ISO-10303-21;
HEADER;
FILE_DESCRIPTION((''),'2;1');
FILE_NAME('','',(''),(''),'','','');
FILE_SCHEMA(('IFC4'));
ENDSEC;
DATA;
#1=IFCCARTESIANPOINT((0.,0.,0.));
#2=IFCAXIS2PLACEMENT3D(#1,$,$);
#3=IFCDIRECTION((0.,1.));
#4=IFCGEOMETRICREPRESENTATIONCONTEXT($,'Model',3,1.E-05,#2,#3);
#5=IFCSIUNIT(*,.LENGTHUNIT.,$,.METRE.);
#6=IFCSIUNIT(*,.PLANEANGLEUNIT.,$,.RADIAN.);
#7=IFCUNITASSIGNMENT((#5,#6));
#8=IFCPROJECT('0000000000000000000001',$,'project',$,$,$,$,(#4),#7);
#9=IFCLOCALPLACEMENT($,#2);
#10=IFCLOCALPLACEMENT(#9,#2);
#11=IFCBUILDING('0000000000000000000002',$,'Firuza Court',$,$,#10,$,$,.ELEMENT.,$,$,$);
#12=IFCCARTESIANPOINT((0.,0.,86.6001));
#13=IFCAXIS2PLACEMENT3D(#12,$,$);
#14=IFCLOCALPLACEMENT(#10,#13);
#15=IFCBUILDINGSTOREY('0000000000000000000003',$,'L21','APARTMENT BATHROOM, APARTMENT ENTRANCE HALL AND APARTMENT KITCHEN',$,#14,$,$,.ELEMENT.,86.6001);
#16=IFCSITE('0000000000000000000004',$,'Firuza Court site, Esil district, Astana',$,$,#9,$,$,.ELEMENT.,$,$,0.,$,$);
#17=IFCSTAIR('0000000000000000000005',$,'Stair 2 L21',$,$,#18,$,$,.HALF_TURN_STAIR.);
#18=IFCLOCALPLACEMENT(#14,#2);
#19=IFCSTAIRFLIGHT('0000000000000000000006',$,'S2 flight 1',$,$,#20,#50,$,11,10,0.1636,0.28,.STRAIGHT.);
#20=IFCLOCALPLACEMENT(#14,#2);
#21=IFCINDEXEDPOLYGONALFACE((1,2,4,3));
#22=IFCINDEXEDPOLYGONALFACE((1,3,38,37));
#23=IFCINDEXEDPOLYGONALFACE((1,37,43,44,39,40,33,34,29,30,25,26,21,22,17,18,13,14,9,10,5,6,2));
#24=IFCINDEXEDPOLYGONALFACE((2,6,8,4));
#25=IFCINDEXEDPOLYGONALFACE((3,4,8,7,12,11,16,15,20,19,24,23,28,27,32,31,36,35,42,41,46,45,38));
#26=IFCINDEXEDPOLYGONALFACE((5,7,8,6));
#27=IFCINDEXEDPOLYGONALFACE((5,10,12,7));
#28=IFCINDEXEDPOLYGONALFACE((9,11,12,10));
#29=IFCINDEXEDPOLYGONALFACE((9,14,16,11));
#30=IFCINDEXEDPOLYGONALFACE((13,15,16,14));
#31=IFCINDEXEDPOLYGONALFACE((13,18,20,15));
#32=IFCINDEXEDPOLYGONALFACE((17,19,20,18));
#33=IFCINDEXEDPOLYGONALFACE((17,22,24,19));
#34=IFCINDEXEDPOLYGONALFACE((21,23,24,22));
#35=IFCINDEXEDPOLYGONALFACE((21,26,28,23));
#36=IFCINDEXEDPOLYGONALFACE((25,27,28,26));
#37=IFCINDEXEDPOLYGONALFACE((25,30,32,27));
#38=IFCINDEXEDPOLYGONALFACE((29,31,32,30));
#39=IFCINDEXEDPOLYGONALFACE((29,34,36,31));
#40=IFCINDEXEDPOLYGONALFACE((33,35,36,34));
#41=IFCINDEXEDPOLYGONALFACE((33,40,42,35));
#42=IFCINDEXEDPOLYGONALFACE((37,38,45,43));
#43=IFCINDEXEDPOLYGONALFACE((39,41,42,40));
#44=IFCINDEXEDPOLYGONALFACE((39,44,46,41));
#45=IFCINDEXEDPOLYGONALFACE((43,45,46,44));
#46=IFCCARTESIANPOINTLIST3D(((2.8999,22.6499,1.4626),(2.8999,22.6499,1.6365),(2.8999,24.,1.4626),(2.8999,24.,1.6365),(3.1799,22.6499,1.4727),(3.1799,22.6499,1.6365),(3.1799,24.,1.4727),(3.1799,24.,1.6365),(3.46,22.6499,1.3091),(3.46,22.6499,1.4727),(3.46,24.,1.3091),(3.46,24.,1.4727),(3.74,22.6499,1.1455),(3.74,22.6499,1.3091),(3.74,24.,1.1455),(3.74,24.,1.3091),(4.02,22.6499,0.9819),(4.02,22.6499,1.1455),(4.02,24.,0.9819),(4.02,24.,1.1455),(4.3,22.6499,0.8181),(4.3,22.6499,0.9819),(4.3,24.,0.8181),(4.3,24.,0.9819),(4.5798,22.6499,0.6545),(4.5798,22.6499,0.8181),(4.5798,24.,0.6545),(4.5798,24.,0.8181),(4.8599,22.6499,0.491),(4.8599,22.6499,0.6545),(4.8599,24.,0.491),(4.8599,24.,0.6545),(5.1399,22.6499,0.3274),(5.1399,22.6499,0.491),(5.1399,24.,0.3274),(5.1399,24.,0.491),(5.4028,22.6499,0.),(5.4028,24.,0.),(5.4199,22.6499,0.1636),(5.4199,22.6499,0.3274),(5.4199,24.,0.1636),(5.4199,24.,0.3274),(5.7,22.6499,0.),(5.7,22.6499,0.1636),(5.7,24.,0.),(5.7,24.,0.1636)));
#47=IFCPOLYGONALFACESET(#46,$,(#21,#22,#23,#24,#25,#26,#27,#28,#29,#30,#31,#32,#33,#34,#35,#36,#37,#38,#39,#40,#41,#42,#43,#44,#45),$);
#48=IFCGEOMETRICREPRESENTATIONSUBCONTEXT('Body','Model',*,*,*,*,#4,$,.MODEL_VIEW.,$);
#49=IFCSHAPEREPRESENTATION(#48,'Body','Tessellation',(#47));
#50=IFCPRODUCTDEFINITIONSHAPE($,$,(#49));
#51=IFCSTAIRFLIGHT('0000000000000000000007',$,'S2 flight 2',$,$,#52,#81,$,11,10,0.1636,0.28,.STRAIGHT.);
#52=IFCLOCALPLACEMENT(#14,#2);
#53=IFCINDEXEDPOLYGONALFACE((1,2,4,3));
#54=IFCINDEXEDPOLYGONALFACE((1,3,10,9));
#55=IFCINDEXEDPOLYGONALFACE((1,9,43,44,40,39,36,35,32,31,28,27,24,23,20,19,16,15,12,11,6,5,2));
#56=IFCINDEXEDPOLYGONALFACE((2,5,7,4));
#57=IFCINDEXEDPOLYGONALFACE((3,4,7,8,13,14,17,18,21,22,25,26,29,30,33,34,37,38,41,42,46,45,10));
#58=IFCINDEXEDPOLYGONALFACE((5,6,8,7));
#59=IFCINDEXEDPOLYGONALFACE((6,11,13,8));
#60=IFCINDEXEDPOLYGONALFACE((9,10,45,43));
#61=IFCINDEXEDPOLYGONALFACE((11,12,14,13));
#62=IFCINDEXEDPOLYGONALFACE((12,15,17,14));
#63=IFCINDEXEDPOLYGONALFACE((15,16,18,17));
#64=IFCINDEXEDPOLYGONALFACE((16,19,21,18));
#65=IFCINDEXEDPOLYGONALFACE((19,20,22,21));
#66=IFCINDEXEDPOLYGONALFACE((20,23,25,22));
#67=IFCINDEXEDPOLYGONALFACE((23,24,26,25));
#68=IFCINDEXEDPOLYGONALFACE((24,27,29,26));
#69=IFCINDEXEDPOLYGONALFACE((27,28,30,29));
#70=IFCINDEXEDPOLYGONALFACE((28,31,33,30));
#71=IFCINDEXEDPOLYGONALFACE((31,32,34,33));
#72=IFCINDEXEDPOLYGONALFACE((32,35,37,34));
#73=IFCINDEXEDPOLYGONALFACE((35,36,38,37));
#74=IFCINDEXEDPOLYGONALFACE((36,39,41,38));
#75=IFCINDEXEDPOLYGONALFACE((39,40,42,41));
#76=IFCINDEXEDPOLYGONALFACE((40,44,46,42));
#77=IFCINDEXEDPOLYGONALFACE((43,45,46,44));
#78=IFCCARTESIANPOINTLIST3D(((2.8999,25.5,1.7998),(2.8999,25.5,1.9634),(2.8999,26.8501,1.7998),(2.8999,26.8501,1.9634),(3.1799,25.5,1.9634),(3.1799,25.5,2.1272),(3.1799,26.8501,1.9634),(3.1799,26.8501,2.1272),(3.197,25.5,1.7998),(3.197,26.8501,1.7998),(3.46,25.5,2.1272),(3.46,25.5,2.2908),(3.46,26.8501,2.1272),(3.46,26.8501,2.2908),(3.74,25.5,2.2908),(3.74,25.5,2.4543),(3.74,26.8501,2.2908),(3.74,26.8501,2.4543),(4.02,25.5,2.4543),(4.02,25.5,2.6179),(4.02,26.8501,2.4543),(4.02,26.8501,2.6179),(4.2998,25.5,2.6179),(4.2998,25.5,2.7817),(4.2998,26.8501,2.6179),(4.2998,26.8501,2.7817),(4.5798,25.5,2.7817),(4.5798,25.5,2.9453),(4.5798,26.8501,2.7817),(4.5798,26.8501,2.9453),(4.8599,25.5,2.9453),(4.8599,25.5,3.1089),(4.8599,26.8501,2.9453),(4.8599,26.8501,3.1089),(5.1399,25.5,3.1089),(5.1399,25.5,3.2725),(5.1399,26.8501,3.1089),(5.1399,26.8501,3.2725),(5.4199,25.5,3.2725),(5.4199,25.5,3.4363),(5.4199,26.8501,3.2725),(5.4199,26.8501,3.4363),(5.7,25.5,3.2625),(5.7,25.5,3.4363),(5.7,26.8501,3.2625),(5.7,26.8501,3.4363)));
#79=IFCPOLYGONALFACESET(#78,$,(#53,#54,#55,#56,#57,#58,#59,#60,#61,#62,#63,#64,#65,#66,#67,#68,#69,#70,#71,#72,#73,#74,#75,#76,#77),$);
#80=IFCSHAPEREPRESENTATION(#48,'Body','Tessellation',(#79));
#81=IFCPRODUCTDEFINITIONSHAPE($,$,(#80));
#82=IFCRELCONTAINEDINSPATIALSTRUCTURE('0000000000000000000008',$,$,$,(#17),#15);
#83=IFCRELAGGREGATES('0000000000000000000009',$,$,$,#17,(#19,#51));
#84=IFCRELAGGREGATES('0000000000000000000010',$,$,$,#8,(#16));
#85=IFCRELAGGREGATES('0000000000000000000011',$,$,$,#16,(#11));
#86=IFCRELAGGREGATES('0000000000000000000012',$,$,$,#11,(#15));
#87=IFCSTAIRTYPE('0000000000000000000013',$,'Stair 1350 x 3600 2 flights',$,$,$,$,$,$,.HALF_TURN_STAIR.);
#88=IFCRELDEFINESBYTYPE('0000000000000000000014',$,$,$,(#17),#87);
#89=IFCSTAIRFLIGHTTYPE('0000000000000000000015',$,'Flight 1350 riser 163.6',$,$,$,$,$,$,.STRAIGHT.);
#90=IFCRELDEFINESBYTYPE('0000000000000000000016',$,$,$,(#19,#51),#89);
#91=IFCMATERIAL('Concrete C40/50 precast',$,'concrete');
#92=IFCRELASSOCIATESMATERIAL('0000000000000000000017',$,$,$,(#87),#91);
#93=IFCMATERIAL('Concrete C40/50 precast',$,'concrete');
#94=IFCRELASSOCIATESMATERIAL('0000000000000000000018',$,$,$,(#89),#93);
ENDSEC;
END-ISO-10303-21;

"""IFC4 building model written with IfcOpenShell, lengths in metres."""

from ifc_helpers import new_model, si_unit, direction, frame, origin, place, context, subcontext, project, spatial, polyline, outline, extrude, material, type_object, element, aggregate, save


model = new_model("IFC4")

# Units and contexts
model_context = context("Model", 3, precision=1e-05, world=origin(), true_north=direction((0.0, 1.0)))
body_context = subcontext(model_context, "Body", "Model", "MODEL_VIEW")
ifc_project = project(units=[si_unit("LENGTHUNIT", "METRE"), si_unit("PLANEANGLEUNIT", "RADIAN")], contexts=[model_context])

# Site, building, storey
site_placement = place(None, origin())
site = spatial("IfcSite", under=ifc_project, at=site_placement, Name="Firuza Court site, Esil district, Astana", CompositionType="ELEMENT", RefElevation=0.0)
building_placement = place(site_placement, origin())
building = spatial("IfcBuilding", under=site, at=building_placement, Name="Firuza Court", CompositionType="ELEMENT")
storey_placement = place(building_placement, frame((0.0, 0.0, 86.6001)))
storey = spatial("IfcBuildingStorey", under=building, at=storey_placement, Name="L21", Description="APARTMENT BATHROOM, APARTMENT ENTRANCE HALL AND APARTMENT KITCHEN", CompositionType="ELEMENT", Elevation=86.6001)

# Stair, stair flights
ifc_material_1 = material(Name="Concrete C40/50 precast", Category="concrete")
stair_type = type_object("IfcStairType", Name="Stair 1350 x 3600 2 flights", PredefinedType="HALF_TURN_STAIR", material=ifc_material_1)
stair_placement = place(storey_placement, origin())
stair = element("IfcStair", 1, at=stair_placement, inside=storey, type_object=stair_type, Name="Stair 2 L21", PredefinedType="HALF_TURN_STAIR")
ifc_material_2 = material(Name="Concrete C40/50 precast", Category="concrete")
stair_flight_type = type_object("IfcStairFlightType", Name="Flight 1350 riser 163.6", PredefinedType="STRAIGHT", material=ifc_material_2)
stair_flight_1_placement = place(storey_placement, frame((5.7, 23.325, 0.0), z_axis=(0.0, 0.0, 1.0), x_axis=(-1.0, 0.0, 0.0)))
stair_flight_1 = element("IfcStairFlight", 2, at=stair_flight_1_placement, type_object=stair_flight_type, Name="S2 flight 1", NumberOfRisers=11, NumberOfTreads=10, PredefinedType="STRAIGHT", RiserHeight=0.1636, TreadLength=0.28, context=body_context, shape_type="SweptSolid", body=[
    extrude(outline(polyline([(0.0, 0.0), (0.0, 0.1636), (0.28, 0.1636), (0.28, 0.3274), (0.5601, 0.3274), (0.5601, 0.491), (0.8401, 0.491), (0.8401, 0.6545), (1.1201, 0.6545), (1.1201, 0.8181), (1.3999, 0.8181), (1.3999, 0.9819), (1.6799, 0.9819), (1.6799, 1.1455), (1.96, 1.1455), (1.96, 1.3091), (2.24, 1.3091), (2.24, 1.4727), (2.52, 1.4727), (2.52, 1.6365), (2.8, 1.6365), (2.8, 1.8), (2.8, 1.4626), (0.2971, 0.0), (0.0, 0.0)])), frame((0.0, 0.675, 0.0), z_axis=(0.0, -1.0, 0.0), x_axis=(1.0, 0.0, 0.0)), (0.0, 0.0, 1.0), 1.3501),
])
stair_flight_2_placement = place(storey_placement, frame((2.8999, 26.175, 1.7998), z_axis=(0.0, 0.0, 1.0), x_axis=(1.0, 0.0, 0.0)))
stair_flight_2 = element("IfcStairFlight", 3, at=stair_flight_2_placement, type_object=stair_flight_type, Name="S2 flight 2", NumberOfRisers=11, NumberOfTreads=10, PredefinedType="STRAIGHT", RiserHeight=0.1636, TreadLength=0.28, context=body_context, shape_type="SweptSolid", body=[
    extrude(outline(polyline([(0.0, 0.0), (0.0, 0.1636), (0.28, 0.1636), (0.28, 0.3274), (0.5601, 0.3274), (0.5601, 0.491), (0.8401, 0.491), (0.8401, 0.6545), (1.1201, 0.6545), (1.1201, 0.8181), (1.3999, 0.8181), (1.3999, 0.9819), (1.6799, 0.9819), (1.6799, 1.1455), (1.96, 1.1455), (1.96, 1.3091), (2.24, 1.3091), (2.24, 1.4727), (2.52, 1.4727), (2.52, 1.6365), (2.8, 1.6365), (2.8, 1.8), (2.8, 1.4626), (0.2971, 0.0), (0.0, 0.0)])), frame((0.0, 0.675, 0.0), z_axis=(0.0, -1.0, 0.0), x_axis=(1.0, 0.0, 0.0)), (0.0, 0.0, 1.0), 1.3501),
])
aggregate(stair, [stair_flight_1, stair_flight_2])

save(model, "model.ifc")
